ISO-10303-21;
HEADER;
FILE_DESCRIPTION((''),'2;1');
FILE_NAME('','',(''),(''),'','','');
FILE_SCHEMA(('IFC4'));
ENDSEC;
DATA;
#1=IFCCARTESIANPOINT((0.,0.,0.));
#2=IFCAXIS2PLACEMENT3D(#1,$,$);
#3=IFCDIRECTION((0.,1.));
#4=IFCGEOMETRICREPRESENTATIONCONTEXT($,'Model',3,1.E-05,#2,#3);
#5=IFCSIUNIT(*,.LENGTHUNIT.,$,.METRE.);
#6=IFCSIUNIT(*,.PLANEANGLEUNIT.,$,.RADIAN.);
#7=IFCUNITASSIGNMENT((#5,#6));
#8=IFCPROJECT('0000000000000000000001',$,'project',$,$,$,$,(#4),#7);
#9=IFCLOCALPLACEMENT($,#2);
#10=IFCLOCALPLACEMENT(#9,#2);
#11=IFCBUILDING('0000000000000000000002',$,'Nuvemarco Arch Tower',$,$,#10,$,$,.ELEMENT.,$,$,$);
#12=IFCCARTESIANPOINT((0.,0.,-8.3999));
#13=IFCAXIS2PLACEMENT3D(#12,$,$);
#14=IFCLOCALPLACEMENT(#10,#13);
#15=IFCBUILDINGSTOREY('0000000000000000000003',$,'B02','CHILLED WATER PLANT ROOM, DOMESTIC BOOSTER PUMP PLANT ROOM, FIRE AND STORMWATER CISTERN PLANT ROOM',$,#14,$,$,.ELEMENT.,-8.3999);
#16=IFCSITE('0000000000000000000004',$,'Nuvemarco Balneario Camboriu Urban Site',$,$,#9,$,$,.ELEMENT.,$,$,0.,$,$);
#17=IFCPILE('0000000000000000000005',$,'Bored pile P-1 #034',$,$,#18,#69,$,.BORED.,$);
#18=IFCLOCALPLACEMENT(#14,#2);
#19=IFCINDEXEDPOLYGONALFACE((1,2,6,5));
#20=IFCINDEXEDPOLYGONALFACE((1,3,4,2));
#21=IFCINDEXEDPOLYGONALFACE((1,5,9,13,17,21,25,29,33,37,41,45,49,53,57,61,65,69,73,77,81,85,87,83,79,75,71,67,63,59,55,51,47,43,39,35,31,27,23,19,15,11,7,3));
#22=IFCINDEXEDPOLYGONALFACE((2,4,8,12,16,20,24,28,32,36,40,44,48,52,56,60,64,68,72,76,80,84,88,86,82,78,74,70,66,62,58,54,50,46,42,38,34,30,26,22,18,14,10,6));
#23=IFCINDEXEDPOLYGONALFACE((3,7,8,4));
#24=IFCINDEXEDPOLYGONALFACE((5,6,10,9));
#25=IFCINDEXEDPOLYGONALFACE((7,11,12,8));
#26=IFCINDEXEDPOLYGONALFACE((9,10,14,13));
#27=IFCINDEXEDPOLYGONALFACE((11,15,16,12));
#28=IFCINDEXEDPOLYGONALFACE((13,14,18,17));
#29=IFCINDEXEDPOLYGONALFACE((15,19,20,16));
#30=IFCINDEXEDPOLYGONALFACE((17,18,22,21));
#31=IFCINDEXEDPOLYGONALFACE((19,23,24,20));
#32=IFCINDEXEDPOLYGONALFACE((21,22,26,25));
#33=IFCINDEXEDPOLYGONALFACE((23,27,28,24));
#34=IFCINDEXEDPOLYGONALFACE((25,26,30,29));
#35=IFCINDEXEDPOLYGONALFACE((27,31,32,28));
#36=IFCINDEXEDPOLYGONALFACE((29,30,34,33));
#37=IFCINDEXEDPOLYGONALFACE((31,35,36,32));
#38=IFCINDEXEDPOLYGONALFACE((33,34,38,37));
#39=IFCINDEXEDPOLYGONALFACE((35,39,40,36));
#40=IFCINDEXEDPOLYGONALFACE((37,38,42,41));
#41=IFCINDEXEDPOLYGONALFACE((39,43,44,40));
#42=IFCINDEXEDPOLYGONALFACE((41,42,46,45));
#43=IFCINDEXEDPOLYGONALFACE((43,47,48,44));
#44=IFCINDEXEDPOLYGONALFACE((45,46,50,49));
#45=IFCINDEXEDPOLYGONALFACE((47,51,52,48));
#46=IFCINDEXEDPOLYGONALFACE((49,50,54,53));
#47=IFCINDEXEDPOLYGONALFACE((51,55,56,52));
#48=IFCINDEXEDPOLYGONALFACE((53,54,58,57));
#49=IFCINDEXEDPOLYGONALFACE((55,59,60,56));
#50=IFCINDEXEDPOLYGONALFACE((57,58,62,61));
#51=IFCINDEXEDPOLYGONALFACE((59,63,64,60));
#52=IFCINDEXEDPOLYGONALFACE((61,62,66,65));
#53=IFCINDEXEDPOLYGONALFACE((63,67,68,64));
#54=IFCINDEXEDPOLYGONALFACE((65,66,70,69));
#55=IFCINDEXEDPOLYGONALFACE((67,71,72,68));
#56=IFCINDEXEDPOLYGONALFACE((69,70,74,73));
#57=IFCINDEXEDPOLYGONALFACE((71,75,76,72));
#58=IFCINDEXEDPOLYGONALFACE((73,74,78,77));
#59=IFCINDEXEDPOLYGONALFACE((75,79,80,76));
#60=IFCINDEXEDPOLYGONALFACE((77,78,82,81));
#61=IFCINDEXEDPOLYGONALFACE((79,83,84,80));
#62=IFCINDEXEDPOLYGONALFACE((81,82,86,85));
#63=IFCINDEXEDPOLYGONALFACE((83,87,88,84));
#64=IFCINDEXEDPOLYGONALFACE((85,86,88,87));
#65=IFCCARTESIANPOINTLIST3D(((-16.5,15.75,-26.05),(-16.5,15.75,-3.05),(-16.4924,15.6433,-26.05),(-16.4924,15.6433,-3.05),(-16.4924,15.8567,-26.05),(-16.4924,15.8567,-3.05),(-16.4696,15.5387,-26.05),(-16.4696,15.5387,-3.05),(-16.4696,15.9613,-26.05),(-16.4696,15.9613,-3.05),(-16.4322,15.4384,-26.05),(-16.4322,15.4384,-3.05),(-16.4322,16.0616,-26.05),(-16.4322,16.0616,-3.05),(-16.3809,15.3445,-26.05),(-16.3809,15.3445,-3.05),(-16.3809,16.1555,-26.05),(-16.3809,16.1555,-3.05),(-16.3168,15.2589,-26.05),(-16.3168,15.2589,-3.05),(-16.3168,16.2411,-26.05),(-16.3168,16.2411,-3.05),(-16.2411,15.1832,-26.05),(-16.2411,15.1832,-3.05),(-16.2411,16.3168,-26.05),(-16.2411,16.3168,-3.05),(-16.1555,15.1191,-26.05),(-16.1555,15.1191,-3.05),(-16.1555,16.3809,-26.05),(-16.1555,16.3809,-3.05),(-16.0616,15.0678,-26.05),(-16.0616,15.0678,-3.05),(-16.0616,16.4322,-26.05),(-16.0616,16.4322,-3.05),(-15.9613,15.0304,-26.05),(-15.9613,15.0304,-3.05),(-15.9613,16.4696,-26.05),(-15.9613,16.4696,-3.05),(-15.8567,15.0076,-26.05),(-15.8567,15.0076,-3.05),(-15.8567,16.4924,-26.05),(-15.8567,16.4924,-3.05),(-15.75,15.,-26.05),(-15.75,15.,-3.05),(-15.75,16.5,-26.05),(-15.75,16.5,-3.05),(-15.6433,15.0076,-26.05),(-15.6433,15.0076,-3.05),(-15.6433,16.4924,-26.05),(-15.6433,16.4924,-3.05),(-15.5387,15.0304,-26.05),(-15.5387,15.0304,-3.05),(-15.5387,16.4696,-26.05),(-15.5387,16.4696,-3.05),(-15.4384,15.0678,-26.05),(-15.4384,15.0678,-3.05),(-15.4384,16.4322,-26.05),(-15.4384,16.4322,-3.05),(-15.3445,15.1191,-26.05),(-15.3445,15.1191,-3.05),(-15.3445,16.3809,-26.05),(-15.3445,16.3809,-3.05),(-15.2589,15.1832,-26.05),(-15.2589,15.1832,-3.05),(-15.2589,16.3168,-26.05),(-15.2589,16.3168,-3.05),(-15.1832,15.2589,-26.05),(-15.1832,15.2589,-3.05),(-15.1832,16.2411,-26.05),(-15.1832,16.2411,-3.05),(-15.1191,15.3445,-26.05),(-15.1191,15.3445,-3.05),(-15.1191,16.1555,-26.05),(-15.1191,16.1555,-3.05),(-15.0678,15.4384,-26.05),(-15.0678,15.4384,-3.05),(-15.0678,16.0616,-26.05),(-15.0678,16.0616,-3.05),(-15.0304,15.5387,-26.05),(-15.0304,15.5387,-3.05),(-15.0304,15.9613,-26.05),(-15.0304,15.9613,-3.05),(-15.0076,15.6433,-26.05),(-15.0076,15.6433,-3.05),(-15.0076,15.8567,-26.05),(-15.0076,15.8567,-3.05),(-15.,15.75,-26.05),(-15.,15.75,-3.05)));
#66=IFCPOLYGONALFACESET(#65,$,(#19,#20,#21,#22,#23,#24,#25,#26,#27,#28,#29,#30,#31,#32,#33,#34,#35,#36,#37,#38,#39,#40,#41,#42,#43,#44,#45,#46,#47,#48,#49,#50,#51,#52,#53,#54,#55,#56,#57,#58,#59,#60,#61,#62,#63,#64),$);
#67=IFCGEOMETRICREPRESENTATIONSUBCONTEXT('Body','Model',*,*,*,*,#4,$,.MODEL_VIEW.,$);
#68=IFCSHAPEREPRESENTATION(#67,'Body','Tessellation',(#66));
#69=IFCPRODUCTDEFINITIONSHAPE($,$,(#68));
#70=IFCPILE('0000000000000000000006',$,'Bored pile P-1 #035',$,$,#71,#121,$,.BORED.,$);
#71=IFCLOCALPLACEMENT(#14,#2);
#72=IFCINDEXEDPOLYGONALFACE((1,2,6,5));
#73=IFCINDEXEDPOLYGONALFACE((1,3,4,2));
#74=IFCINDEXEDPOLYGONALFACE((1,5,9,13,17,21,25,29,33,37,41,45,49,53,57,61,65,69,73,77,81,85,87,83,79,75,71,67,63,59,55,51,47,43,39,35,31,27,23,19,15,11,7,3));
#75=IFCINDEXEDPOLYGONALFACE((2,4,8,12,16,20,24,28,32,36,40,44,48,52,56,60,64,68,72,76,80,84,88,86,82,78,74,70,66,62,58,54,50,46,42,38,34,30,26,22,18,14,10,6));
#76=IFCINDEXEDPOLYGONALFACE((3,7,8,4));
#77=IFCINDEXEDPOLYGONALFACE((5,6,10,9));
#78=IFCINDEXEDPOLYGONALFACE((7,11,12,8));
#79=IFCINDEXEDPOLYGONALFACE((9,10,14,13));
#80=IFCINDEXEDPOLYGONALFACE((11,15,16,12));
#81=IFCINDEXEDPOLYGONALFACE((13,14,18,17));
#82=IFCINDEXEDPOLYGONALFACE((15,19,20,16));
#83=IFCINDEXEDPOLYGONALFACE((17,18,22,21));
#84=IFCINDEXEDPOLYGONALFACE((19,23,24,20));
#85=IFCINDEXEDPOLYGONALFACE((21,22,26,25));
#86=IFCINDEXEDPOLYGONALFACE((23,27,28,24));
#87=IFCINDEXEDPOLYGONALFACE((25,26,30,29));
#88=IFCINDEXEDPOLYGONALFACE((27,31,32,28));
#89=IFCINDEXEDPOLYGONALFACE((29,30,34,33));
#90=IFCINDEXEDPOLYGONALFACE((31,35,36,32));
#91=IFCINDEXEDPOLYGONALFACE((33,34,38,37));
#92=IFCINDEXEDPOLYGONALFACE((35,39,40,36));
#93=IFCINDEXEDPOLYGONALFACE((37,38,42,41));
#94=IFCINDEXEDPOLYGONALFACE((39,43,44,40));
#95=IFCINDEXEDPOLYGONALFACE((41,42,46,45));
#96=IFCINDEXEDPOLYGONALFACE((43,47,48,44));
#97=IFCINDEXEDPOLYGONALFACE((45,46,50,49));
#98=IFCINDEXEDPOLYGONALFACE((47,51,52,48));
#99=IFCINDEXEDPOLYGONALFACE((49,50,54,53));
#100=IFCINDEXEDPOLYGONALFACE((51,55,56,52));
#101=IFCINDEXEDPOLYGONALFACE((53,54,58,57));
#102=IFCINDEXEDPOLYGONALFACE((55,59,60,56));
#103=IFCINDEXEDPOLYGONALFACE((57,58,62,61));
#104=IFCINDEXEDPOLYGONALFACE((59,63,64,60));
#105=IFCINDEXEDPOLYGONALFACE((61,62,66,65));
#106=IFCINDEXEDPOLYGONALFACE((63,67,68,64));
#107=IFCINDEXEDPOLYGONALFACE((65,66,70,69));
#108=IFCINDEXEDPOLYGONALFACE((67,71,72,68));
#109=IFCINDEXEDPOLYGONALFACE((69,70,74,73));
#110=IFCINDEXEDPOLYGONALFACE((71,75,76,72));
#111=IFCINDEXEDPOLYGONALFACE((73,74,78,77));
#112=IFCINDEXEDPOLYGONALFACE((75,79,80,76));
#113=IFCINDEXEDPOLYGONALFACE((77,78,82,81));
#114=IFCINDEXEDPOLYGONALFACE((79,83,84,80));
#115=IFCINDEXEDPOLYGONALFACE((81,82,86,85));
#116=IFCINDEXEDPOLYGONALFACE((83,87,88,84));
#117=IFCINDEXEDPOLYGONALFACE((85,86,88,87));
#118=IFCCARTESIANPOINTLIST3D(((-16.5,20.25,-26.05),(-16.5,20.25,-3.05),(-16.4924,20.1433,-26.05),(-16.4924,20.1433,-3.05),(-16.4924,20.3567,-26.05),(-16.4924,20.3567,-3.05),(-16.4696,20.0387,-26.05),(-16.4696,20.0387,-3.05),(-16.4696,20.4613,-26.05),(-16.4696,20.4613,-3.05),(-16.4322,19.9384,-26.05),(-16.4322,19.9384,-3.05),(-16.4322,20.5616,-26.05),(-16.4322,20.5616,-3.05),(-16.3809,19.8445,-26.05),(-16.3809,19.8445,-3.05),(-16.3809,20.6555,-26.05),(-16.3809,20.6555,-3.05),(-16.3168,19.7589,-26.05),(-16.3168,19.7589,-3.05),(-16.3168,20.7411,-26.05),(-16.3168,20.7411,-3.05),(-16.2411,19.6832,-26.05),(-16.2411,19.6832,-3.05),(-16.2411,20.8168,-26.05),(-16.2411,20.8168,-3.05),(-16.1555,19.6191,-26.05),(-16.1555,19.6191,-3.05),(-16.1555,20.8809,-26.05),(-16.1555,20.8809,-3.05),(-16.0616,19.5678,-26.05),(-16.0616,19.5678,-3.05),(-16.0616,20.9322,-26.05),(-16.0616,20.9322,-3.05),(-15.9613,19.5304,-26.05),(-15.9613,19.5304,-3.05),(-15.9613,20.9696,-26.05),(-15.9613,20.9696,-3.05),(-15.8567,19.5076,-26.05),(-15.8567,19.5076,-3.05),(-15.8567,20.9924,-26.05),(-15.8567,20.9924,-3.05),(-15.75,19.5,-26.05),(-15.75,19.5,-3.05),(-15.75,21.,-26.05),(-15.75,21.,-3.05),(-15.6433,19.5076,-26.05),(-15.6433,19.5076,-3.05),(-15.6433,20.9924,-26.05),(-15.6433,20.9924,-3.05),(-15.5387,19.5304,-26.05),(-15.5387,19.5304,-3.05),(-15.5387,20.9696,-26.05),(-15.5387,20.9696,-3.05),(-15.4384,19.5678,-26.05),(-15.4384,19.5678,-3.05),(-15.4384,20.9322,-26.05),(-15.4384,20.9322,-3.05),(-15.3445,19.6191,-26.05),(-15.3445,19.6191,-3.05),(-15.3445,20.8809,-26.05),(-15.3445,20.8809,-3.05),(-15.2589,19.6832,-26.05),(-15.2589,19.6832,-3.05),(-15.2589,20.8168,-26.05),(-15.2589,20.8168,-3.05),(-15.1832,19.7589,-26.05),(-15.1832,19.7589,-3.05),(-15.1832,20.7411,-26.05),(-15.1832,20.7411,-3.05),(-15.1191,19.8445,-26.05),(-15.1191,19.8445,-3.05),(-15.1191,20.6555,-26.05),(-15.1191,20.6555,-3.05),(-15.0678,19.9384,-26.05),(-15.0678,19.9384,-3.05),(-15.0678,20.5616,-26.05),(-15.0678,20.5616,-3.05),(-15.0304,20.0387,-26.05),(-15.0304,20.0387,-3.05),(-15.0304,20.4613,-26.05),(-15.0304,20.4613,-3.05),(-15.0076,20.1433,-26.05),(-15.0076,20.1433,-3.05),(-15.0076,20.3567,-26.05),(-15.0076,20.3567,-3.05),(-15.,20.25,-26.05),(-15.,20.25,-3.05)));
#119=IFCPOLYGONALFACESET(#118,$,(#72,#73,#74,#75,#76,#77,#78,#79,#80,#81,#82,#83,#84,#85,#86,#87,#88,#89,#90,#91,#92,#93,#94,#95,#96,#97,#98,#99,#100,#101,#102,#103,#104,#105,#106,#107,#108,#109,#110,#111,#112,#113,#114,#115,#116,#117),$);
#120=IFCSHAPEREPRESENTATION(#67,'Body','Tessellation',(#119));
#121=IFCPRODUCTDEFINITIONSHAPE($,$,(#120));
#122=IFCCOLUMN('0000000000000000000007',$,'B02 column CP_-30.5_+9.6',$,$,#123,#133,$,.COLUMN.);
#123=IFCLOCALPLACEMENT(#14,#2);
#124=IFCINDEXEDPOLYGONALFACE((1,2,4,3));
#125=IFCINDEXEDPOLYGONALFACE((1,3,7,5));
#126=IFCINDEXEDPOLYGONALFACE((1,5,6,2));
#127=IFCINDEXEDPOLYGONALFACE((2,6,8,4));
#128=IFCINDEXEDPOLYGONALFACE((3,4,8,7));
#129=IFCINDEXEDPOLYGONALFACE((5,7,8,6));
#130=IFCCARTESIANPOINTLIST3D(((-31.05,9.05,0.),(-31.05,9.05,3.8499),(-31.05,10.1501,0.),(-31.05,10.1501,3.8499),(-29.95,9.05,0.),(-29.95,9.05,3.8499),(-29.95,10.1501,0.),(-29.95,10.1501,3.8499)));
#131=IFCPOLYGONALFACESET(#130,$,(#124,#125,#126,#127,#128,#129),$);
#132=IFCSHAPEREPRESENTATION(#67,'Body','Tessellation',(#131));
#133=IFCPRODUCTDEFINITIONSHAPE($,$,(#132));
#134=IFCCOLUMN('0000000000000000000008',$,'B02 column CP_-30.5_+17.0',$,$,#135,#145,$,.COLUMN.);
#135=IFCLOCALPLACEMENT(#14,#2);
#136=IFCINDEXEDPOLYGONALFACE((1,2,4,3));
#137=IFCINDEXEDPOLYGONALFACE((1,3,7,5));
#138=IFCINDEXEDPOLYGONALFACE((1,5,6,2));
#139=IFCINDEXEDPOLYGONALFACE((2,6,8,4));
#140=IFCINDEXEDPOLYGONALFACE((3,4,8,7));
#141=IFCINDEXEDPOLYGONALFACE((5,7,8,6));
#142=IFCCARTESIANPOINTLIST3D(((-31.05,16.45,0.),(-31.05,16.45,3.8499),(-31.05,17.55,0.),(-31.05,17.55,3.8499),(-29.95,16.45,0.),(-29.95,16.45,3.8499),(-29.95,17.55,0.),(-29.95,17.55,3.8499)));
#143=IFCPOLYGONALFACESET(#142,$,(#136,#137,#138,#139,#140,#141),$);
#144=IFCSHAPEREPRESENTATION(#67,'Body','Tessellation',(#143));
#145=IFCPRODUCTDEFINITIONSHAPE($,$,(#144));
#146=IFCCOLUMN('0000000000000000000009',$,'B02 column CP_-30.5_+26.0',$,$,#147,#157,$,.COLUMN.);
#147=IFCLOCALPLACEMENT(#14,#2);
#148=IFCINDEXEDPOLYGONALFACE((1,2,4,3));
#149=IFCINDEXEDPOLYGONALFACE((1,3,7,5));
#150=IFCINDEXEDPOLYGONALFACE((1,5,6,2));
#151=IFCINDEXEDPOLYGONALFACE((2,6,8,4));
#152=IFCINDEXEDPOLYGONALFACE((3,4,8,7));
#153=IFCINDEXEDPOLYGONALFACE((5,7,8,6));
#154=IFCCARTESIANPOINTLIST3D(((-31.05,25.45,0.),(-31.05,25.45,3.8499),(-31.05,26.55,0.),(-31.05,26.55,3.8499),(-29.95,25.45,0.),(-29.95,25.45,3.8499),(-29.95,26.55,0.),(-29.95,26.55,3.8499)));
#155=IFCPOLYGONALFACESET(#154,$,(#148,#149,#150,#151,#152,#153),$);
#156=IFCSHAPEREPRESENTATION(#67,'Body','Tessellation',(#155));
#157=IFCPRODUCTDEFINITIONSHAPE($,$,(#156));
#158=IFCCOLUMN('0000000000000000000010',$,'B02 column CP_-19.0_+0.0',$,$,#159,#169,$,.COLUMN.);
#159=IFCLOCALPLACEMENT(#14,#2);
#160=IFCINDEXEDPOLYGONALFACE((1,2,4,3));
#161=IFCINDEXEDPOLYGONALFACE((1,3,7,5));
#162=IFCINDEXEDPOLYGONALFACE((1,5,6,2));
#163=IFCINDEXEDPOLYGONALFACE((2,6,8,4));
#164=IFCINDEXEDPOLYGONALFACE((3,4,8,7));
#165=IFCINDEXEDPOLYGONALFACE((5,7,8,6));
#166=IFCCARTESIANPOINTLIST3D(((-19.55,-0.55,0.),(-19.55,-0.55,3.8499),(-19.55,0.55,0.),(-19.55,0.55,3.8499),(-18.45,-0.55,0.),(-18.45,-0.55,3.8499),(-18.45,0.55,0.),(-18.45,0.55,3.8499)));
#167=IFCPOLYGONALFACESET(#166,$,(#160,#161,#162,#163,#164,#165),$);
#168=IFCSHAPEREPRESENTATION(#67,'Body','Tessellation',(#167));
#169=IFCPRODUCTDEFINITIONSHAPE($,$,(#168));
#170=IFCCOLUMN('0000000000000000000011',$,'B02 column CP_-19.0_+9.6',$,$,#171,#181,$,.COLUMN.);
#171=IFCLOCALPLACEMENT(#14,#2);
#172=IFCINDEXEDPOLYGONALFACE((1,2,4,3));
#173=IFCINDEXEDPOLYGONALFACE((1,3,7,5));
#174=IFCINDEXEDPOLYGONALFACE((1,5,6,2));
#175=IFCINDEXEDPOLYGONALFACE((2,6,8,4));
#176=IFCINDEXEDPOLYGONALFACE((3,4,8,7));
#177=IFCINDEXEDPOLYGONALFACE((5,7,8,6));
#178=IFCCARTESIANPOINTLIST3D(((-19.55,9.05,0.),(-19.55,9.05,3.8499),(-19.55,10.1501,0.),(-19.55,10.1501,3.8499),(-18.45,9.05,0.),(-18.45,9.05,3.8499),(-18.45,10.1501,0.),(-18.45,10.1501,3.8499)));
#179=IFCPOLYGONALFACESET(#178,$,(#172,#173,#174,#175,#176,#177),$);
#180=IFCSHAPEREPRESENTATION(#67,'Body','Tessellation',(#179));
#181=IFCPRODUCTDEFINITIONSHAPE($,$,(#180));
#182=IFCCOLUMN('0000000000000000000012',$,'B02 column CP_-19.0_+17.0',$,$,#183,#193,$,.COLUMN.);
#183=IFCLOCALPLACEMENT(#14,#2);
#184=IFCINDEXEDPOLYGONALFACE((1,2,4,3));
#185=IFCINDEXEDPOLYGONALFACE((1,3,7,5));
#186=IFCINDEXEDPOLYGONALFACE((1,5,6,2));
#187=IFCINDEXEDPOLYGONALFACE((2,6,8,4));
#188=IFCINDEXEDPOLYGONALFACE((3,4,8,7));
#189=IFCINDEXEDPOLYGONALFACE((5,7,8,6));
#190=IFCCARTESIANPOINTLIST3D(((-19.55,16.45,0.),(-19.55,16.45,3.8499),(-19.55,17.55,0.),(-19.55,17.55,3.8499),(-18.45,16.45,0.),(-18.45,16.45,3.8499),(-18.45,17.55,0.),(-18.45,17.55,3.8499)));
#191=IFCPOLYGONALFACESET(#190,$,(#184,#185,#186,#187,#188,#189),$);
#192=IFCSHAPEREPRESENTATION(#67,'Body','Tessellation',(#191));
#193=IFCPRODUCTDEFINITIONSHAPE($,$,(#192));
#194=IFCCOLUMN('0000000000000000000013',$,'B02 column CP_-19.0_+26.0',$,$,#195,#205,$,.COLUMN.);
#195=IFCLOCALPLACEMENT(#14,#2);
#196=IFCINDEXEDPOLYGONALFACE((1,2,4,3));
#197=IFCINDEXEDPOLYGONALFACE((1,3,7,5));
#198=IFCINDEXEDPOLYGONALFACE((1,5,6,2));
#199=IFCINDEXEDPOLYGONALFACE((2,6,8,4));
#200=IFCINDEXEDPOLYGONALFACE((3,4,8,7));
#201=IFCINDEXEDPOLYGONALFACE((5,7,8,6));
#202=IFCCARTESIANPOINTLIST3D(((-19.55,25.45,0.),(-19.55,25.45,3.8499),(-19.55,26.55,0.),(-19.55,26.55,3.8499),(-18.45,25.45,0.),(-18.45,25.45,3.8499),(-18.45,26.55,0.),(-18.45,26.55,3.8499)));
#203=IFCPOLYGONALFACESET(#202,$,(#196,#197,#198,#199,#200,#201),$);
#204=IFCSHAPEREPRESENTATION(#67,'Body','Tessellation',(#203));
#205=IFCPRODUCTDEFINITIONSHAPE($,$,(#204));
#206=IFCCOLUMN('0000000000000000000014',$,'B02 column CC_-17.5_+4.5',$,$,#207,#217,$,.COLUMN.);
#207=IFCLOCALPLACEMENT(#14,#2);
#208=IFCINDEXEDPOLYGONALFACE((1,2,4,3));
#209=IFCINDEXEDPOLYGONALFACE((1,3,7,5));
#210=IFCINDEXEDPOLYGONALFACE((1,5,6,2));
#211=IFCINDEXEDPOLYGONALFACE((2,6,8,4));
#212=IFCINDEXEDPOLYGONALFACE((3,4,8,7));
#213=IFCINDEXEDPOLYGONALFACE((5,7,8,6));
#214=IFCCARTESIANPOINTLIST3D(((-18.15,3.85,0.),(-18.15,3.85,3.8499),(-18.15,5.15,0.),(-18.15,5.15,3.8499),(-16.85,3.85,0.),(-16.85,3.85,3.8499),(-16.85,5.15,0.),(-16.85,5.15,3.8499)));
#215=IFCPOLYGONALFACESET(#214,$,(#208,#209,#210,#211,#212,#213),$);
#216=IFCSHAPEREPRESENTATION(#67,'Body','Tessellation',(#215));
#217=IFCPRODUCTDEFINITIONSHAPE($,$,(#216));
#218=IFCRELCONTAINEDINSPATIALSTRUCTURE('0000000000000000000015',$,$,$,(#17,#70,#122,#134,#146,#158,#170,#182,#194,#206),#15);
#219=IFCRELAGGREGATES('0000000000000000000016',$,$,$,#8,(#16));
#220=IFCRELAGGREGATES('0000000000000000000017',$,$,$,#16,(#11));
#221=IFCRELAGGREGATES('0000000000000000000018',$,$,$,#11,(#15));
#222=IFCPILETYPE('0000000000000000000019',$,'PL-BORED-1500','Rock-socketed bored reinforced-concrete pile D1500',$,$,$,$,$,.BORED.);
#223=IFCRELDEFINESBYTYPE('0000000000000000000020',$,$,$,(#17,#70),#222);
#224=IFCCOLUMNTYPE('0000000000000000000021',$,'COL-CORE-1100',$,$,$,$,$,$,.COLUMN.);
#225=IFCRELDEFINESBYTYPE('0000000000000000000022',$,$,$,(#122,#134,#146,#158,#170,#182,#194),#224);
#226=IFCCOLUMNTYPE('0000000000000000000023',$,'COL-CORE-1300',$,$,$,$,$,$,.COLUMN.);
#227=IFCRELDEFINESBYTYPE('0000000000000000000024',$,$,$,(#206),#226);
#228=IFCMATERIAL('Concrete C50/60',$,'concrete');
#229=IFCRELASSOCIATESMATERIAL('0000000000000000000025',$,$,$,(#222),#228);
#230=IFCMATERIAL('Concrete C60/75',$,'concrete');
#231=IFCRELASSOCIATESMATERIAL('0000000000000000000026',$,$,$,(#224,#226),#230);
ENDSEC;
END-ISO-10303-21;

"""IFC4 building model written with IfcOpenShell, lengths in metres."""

from ifc_helpers import new_model, si_unit, direction, frame, origin, origin_2d, place, context, subcontext, project, spatial, rectangle, circle, extrude, material, material_profile, profile_set, type_object, element, save


model = new_model("IFC4")

# Units and contexts
model_context = context("Model", 3, precision=1e-05, world=origin(), true_north=direction((0.0, 1.0)))
body_context = subcontext(model_context, "Body", "Model", "MODEL_VIEW")
ifc_project = project(units=[si_unit("LENGTHUNIT", "METRE"), si_unit("PLANEANGLEUNIT", "RADIAN")], contexts=[model_context])

# Site, building, storey
site_placement = place(None, origin())
site = spatial("IfcSite", under=ifc_project, at=site_placement, Name="Nuvemarco Balneario Camboriu Urban Site", CompositionType="ELEMENT", RefElevation=0.0)
building_placement = place(site_placement, origin())
building = spatial("IfcBuilding", under=site, at=building_placement, Name="Nuvemarco Arch Tower", CompositionType="ELEMENT")
storey_placement = place(building_placement, frame((0.0, 0.0, -8.3999)))
storey = spatial("IfcBuildingStorey", under=building, at=storey_placement, Name="B02", Description="CHILLED WATER PLANT ROOM, DOMESTIC BOOSTER PUMP PLANT ROOM, FIRE AND STORMWATER CISTERN PLANT ROOM", CompositionType="ELEMENT", Elevation=-8.3999)

# Piles
ifc_material_1 = material(Name="Concrete C50/60", Category="concrete")
ifc_material_profile_1 = material_profile(ifc_material_1, circle(Radius=0.75, at=origin_2d()), Name="PILE-D1500")
ifc_profile_set_1 = profile_set([ifc_material_profile_1], Name="Concrete C50/60")
pile_type = type_object("IfcPileType", Name="PL-BORED-1500", Description="Rock-socketed bored reinforced-concrete pile D1500", PredefinedType="BORED", material=ifc_profile_set_1)
for number, where, z_axis, x_axis, name in (
    (1, (-15.75, 15.75, -3.05), (0.0, 0.0, -1.0), (1.0, 0.0, 0.0), "Bored pile P-1 #034"),
    (2, (-15.75, 20.25, -3.05), (0.0, 0.0, -1.0), (1.0, 0.0, 0.0), "Bored pile P-1 #035"),
):
    element("IfcPile", number, at=place(storey_placement, frame(where, z_axis=z_axis, x_axis=x_axis)), inside=storey, type_object=pile_type, Name=name, PredefinedType="BORED", context=body_context, shape_type="SweptSolid", body=[
        extrude(circle(Radius=0.75, at=origin_2d()), origin(), (0.0, 0.0, 1.0), 23.0),
    ])

# Columns
ifc_material_2 = material(Name="Concrete C60/75", Category="concrete")
ifc_material_profile_2 = material_profile(ifc_material_2, rectangle(XDim=1.1001, YDim=1.1001, at=origin_2d()), Name="RC-COL-1100x1100")
ifc_profile_set_2 = profile_set([ifc_material_profile_2], Name="Concrete C60/75")
column_type_1 = type_object("IfcColumnType", Name="COL-CORE-1100", PredefinedType="COLUMN", material=ifc_profile_set_2)
for number, where, z_axis, x_axis, name in (
    (3, (-30.5, 9.6001, 0.0), (0.0, 0.0, 1.0), (1.0, 0.0, 0.0), "B02 column CP_-30.5_+9.6"),
    (4, (-30.5, 17.0, 0.0), (0.0, 0.0, 1.0), (1.0, 0.0, 0.0), "B02 column CP_-30.5_+17.0"),
    (5, (-30.5, 26.0, 0.0), (0.0, 0.0, 1.0), (1.0, 0.0, 0.0), "B02 column CP_-30.5_+26.0"),
    (6, (-19.0, 0.0, 0.0), (0.0, 0.0, 1.0), (1.0, 0.0, 0.0), "B02 column CP_-19.0_+0.0"),
    (7, (-19.0, 9.6001, 0.0), (0.0, 0.0, 1.0), (1.0, 0.0, 0.0), "B02 column CP_-19.0_+9.6"),
    (8, (-19.0, 17.0, 0.0), (0.0, 0.0, 1.0), (1.0, 0.0, 0.0), "B02 column CP_-19.0_+17.0"),
    (9, (-19.0, 26.0, 0.0), (0.0, 0.0, 1.0), (1.0, 0.0, 0.0), "B02 column CP_-19.0_+26.0"),
):
    element("IfcColumn", number, at=place(storey_placement, frame(where, z_axis=z_axis, x_axis=x_axis)), inside=storey, type_object=column_type_1, Name=name, PredefinedType="COLUMN", context=body_context, shape_type="SweptSolid", body=[
        extrude(rectangle(XDim=1.1001, YDim=1.1001, at=origin_2d()), origin(), (0.0, 0.0, 1.0), 3.8499),
    ])
ifc_material_profile_3 = material_profile(ifc_material_2, rectangle(XDim=1.3, YDim=1.3, at=origin_2d()), Name="RC-COL-1300x1300")
ifc_profile_set_3 = profile_set([ifc_material_profile_3], Name="Concrete C60/75")
column_type_2 = type_object("IfcColumnType", Name="COL-CORE-1300", PredefinedType="COLUMN", material=ifc_profile_set_3)
for number, where, z_axis, x_axis, name in (
    (10, (-17.5, 4.5, 0.0), (0.0, 0.0, 1.0), (1.0, 0.0, 0.0), "B02 column CC_-17.5_+4.5"),
):
    element("IfcColumn", number, at=place(storey_placement, frame(where, z_axis=z_axis, x_axis=x_axis)), inside=storey, type_object=column_type_2, Name=name, PredefinedType="COLUMN", context=body_context, shape_type="SweptSolid", body=[
        extrude(rectangle(XDim=1.3, YDim=1.3, at=origin_2d()), origin(), (0.0, 0.0, 1.0), 3.8499),
    ])

save(model, "model.ifc")
